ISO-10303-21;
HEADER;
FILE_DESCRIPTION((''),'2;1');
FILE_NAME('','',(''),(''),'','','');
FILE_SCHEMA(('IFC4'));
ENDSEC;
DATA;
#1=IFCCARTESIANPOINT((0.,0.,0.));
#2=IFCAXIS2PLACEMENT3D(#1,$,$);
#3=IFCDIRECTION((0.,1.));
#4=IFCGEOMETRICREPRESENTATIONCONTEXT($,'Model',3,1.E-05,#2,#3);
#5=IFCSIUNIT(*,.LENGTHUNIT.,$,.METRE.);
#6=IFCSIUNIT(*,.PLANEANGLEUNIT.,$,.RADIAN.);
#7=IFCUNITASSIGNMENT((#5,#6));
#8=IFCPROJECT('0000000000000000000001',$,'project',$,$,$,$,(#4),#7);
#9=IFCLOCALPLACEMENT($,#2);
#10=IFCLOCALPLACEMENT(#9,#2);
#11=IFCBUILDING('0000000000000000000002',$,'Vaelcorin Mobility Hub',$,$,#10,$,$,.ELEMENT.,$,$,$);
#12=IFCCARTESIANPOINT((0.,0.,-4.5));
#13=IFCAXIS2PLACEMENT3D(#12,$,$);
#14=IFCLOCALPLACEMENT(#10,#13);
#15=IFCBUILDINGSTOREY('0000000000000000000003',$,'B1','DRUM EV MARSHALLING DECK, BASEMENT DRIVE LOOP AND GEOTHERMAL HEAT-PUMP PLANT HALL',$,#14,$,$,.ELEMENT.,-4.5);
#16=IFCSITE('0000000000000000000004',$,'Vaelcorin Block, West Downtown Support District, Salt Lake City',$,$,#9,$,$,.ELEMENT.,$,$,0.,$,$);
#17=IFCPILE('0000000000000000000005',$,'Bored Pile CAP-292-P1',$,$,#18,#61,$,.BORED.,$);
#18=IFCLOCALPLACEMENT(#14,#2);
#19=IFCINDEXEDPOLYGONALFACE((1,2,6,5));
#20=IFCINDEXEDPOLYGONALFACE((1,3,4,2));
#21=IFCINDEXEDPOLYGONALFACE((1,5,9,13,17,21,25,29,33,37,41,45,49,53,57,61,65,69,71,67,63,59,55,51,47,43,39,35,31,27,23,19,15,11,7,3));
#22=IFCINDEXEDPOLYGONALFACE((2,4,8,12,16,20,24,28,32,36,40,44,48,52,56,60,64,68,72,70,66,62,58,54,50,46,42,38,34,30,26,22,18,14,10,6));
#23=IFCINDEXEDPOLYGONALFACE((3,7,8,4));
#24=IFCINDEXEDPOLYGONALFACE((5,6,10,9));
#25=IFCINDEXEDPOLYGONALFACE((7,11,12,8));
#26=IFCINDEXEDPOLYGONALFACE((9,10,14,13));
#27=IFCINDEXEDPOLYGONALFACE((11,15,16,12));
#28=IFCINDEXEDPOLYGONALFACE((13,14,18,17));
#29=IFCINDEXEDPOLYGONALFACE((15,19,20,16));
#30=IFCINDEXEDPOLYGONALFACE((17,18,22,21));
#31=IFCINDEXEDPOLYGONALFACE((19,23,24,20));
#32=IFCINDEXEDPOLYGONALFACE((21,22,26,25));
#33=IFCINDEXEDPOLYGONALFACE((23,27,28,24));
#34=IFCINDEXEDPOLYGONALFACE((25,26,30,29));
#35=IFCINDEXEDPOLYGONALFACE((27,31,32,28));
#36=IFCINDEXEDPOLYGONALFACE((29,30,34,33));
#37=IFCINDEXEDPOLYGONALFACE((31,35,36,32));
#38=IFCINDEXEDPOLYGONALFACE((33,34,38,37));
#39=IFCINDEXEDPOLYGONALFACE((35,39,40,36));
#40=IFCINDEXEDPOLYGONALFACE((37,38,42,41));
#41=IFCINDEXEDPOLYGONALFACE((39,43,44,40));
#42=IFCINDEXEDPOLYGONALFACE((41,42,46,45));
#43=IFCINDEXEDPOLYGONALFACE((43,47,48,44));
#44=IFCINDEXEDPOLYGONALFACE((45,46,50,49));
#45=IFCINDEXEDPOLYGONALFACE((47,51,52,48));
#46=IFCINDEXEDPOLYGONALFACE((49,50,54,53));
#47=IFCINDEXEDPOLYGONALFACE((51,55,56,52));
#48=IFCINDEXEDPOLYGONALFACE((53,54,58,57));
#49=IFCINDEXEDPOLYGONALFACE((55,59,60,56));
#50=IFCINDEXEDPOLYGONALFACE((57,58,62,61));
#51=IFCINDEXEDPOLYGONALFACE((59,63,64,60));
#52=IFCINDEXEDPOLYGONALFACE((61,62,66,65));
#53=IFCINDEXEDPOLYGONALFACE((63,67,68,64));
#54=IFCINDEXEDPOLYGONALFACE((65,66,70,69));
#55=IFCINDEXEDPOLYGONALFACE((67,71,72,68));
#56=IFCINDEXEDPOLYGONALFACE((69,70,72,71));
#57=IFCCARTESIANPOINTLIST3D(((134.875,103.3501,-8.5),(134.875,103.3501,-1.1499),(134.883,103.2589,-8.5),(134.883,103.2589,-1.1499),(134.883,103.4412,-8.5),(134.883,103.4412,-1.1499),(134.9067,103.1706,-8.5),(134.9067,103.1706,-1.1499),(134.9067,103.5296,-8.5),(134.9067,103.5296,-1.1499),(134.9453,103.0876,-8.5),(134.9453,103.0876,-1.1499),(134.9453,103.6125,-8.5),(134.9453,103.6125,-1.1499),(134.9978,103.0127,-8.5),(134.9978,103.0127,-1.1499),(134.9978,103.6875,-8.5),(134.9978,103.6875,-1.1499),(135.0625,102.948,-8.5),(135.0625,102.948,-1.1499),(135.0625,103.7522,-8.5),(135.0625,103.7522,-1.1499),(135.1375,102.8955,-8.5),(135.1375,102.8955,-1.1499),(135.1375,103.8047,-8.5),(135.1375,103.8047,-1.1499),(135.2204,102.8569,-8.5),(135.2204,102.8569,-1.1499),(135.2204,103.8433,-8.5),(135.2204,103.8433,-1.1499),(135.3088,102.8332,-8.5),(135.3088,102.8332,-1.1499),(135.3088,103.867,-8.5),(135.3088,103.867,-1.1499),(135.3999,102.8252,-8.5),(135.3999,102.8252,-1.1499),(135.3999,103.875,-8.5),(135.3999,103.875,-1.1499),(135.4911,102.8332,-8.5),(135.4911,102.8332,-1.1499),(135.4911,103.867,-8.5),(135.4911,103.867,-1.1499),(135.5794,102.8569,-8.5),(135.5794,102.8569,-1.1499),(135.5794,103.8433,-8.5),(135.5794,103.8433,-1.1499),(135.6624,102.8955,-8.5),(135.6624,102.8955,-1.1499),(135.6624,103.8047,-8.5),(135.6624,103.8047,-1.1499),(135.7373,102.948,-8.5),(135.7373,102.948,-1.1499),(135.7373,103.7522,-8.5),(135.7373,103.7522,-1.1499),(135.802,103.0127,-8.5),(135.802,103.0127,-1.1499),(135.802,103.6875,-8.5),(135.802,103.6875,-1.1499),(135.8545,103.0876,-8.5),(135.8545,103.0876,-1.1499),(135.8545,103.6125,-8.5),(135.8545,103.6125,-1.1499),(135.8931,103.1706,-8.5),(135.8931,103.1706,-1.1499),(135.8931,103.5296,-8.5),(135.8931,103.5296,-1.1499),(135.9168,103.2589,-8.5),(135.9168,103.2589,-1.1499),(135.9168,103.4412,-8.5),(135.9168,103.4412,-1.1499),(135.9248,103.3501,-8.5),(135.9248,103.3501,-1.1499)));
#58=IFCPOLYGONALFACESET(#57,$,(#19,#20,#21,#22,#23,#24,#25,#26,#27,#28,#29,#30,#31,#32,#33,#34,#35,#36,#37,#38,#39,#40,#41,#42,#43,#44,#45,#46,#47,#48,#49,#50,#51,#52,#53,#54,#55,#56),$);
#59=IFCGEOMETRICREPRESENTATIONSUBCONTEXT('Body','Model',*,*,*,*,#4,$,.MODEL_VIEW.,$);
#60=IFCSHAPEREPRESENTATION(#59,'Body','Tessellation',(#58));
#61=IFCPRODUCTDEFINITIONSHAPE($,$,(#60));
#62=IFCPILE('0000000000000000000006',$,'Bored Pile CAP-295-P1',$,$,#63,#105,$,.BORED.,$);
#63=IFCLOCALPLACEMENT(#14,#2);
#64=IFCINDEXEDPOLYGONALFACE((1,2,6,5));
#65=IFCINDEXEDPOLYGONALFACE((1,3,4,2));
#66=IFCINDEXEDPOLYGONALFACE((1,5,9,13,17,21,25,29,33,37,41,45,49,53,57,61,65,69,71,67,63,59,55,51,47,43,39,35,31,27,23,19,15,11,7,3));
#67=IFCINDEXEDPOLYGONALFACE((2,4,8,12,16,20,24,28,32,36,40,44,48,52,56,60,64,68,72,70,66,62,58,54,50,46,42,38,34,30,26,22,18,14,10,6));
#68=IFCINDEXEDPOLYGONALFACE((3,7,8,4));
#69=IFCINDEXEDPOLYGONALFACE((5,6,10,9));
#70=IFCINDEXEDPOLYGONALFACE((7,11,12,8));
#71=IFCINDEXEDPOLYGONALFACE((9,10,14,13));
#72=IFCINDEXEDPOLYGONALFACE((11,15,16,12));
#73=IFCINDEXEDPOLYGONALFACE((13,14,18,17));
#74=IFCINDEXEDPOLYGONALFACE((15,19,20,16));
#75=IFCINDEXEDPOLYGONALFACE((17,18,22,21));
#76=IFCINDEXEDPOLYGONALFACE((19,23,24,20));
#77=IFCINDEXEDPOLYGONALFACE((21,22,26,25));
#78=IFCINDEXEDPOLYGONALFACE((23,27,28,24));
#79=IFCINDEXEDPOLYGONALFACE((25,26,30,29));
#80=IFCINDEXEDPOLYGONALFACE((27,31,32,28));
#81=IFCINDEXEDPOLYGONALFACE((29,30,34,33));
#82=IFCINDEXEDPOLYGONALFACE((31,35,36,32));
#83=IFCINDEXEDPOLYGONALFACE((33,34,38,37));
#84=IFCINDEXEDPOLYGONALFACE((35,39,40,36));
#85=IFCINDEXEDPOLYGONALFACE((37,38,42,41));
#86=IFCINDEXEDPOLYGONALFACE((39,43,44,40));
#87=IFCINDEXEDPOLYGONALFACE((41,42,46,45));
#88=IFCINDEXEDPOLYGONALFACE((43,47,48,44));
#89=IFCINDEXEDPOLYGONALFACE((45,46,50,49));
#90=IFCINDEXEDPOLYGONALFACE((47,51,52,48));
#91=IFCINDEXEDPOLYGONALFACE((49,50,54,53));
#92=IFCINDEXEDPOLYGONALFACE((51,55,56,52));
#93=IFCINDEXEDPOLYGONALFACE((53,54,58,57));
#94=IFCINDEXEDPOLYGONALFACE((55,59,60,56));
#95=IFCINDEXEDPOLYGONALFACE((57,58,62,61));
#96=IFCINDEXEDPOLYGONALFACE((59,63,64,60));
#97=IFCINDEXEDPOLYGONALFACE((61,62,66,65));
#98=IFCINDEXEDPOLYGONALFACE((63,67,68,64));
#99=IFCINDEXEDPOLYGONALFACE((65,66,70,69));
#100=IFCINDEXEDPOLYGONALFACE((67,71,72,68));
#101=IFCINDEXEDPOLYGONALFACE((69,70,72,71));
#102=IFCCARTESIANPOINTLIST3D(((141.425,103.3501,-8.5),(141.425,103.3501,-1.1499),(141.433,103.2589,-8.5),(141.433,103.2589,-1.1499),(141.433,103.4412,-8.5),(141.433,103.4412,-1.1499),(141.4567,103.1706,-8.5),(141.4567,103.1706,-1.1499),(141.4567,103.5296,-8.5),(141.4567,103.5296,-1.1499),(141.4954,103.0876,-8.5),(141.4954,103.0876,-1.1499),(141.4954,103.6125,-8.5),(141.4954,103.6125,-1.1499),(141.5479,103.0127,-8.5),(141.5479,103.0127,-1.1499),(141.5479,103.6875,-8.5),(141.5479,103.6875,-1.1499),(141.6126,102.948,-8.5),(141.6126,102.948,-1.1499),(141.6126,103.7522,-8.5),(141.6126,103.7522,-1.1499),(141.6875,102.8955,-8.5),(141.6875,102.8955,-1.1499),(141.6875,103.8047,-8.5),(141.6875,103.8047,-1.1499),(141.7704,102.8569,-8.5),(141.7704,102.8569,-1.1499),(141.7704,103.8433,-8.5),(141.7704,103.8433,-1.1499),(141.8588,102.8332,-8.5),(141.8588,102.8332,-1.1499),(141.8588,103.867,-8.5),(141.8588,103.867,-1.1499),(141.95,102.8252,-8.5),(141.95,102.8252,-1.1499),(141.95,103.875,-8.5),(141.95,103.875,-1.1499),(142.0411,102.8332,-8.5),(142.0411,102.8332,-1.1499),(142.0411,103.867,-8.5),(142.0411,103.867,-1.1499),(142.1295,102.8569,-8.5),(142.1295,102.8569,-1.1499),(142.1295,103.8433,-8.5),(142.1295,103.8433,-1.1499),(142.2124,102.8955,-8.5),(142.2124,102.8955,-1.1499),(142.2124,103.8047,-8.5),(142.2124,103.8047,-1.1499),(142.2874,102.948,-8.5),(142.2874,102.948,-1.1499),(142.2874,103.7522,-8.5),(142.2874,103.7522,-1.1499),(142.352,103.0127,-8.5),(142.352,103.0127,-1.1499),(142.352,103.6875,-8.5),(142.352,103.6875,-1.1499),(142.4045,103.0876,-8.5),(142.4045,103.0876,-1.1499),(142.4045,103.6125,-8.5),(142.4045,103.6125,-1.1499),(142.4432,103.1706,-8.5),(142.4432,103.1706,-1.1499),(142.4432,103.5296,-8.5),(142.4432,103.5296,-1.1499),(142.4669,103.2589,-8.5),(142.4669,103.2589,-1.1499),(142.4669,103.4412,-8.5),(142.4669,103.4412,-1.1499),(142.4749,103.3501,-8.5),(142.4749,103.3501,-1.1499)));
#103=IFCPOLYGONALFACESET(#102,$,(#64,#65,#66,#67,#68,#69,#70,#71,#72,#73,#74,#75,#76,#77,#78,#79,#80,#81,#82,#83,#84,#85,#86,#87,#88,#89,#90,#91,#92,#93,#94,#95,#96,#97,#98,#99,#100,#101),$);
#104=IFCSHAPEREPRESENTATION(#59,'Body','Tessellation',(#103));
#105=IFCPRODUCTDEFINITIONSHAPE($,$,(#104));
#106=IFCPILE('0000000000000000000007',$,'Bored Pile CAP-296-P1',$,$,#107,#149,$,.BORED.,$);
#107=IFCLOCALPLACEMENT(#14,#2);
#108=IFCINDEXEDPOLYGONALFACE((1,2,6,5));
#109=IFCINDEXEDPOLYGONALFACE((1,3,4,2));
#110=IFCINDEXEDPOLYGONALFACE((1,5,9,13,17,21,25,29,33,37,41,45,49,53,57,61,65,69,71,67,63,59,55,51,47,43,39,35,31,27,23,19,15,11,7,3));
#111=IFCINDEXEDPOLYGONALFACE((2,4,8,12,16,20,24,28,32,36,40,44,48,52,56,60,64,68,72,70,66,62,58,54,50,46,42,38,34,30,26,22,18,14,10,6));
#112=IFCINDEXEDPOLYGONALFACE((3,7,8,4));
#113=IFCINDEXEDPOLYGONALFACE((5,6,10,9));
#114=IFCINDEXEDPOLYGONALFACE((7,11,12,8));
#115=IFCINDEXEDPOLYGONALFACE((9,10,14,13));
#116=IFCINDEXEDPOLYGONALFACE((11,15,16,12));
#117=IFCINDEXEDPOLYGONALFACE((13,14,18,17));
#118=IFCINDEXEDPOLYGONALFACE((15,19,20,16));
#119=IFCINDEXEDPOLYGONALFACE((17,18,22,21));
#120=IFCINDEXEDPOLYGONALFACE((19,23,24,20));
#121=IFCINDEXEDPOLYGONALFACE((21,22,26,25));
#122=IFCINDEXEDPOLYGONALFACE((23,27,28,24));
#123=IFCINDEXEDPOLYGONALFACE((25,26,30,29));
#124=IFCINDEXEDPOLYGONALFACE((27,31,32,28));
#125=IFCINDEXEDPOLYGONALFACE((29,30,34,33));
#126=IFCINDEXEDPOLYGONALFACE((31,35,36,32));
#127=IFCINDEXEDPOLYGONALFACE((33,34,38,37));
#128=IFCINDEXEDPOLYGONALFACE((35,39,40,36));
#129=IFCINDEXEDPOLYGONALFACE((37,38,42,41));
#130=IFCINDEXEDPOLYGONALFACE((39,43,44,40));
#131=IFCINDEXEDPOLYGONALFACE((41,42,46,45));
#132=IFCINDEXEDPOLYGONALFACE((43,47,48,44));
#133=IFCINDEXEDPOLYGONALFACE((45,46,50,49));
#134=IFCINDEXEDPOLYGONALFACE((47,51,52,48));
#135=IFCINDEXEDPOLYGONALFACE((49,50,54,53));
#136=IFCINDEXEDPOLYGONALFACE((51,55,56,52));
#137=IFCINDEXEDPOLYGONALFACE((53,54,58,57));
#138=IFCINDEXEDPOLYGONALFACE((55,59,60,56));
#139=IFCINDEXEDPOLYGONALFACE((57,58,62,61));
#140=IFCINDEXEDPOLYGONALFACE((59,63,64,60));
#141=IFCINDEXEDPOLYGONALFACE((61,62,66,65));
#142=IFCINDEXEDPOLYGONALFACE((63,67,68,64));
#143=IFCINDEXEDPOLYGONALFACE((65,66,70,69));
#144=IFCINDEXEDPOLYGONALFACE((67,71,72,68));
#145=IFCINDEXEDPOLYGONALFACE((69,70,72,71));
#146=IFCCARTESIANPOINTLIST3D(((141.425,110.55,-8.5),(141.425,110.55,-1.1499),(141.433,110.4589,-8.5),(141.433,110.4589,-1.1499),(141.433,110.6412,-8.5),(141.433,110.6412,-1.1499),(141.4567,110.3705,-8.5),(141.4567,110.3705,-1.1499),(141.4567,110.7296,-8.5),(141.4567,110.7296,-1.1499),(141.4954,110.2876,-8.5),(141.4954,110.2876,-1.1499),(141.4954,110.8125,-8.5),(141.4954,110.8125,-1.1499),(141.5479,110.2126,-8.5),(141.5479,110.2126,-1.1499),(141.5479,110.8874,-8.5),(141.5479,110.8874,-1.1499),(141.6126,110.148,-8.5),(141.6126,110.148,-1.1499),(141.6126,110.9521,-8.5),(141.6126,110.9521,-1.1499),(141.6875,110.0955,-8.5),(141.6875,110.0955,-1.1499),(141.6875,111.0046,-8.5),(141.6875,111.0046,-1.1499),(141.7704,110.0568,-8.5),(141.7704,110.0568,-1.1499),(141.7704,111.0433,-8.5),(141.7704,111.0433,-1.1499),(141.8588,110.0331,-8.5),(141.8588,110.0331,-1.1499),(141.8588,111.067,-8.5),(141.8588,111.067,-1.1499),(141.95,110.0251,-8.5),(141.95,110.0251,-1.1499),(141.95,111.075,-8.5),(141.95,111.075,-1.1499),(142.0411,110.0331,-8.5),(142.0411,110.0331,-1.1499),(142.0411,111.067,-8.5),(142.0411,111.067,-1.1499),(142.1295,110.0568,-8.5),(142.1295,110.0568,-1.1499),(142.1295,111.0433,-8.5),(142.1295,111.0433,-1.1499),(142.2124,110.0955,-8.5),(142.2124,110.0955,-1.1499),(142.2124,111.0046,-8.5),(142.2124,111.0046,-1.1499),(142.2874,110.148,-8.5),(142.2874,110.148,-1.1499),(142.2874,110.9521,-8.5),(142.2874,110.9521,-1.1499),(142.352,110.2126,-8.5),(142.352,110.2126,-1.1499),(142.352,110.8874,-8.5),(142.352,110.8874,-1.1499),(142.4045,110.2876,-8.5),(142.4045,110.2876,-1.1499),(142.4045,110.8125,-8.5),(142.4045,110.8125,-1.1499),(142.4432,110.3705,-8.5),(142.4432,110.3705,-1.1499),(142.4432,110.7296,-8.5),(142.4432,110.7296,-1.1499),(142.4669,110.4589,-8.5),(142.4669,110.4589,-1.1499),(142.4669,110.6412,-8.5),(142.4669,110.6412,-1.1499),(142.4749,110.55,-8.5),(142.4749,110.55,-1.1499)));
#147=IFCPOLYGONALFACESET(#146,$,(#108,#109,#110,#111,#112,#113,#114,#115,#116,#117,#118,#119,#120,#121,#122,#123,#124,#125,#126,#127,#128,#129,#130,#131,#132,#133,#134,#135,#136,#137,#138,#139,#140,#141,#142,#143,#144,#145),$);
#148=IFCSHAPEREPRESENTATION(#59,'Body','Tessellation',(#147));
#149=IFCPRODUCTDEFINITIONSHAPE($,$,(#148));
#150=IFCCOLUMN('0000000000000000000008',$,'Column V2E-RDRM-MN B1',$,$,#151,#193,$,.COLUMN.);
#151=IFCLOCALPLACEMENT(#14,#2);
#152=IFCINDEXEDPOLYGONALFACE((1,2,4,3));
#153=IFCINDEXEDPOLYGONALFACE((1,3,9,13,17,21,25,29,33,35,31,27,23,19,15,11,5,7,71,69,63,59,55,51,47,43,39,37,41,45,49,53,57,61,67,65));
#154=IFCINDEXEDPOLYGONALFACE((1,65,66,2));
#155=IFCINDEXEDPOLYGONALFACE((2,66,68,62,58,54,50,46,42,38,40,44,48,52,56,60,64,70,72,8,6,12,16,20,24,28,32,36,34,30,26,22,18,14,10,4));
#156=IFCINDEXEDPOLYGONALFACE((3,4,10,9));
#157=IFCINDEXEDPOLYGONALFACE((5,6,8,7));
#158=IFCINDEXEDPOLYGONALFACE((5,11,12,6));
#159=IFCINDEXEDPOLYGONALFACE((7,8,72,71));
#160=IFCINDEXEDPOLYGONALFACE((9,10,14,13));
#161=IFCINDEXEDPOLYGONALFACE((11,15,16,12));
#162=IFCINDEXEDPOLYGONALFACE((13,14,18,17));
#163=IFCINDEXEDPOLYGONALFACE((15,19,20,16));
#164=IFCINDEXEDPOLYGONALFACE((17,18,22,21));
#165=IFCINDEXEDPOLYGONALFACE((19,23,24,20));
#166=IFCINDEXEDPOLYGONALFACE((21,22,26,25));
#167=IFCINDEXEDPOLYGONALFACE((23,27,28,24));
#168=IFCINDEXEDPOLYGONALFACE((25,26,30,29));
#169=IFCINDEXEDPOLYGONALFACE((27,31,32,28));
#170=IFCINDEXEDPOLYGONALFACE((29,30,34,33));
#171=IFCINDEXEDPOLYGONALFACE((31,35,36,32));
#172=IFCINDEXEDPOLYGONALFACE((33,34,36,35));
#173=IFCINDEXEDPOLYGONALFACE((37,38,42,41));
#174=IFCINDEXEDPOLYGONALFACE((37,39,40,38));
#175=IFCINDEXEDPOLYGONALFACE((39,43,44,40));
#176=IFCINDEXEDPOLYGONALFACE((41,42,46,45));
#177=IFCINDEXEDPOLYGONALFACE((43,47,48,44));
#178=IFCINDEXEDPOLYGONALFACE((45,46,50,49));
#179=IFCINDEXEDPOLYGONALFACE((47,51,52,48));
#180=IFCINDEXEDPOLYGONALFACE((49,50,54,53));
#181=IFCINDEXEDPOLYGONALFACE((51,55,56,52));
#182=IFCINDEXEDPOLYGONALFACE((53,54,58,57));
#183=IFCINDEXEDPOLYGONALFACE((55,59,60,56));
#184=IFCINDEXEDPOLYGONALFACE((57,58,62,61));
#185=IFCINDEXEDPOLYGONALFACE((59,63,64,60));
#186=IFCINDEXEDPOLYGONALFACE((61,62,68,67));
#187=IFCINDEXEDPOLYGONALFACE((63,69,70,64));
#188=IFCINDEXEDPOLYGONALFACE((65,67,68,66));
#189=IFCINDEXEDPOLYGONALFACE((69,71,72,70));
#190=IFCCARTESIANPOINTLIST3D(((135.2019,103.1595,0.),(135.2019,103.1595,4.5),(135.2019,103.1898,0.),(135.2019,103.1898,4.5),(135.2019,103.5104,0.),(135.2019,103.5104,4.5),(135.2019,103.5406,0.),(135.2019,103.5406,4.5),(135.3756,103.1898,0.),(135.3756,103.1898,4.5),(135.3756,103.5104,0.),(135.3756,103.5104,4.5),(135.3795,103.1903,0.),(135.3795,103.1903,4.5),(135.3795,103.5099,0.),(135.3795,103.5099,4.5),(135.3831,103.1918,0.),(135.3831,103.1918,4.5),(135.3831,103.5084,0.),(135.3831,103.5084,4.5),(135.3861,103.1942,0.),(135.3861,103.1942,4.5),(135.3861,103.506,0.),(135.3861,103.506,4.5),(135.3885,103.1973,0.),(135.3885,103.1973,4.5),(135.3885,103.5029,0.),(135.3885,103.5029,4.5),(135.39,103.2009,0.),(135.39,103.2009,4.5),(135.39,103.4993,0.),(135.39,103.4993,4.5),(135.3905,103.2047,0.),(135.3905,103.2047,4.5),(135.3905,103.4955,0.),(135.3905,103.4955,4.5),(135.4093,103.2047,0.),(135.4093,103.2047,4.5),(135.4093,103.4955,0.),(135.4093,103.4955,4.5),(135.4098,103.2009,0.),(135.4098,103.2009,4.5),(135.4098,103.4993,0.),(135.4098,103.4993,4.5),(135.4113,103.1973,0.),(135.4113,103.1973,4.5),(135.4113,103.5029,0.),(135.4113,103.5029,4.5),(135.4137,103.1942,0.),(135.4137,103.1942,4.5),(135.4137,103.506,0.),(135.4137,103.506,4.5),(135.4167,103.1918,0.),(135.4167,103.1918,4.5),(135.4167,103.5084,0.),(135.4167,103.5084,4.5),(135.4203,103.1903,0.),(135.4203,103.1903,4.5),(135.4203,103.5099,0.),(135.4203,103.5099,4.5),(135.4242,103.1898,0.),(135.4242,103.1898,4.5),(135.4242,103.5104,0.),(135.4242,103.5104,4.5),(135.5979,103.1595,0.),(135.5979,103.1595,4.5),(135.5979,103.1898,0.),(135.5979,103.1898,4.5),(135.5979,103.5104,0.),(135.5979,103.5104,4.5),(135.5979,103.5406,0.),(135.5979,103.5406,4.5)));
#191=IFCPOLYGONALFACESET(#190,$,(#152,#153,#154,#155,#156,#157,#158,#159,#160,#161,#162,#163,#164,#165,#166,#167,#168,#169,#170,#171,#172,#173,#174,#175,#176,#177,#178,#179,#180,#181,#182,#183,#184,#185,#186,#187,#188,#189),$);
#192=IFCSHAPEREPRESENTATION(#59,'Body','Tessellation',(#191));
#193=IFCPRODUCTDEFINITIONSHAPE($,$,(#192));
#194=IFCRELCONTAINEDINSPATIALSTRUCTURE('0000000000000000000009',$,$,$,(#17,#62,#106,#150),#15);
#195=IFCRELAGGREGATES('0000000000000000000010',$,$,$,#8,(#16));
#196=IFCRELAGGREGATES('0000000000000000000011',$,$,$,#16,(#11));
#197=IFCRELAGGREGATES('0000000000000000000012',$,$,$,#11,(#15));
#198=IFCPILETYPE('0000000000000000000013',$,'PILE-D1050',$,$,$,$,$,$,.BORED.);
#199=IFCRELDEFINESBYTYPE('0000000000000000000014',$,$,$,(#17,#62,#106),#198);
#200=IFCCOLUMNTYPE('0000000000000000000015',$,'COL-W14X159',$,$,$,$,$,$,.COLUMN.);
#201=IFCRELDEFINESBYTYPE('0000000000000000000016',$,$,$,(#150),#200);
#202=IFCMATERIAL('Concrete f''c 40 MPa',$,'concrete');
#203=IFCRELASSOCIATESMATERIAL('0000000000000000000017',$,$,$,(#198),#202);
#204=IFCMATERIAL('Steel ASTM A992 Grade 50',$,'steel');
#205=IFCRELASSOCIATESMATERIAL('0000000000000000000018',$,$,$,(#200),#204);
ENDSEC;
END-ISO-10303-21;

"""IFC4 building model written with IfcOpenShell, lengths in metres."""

from ifc_helpers import new_model, si_unit, direction, frame, origin, origin_2d, place, context, subcontext, project, spatial, circle, i_section, extrude, material, material_profile, profile_set, type_object, element, save


model = new_model("IFC4")

# Units and contexts
model_context = context("Model", 3, precision=1e-05, world=origin(), true_north=direction((0.0, 1.0)))
body_context = subcontext(model_context, "Body", "Model", "MODEL_VIEW")
ifc_project = project(units=[si_unit("LENGTHUNIT", "METRE"), si_unit("PLANEANGLEUNIT", "RADIAN")], contexts=[model_context])

# Site, building, storey
site_placement = place(None, origin())
site = spatial("IfcSite", under=ifc_project, at=site_placement, Name="Vaelcorin Block, West Downtown Support District, Salt Lake City", CompositionType="ELEMENT", RefElevation=0.0)
building_placement = place(site_placement, origin())
building = spatial("IfcBuilding", under=site, at=building_placement, Name="Vaelcorin Mobility Hub", CompositionType="ELEMENT")
storey_placement = place(building_placement, frame((0.0, 0.0, -4.5)))
storey = spatial("IfcBuildingStorey", under=building, at=storey_placement, Name="B1", Description="DRUM EV MARSHALLING DECK, BASEMENT DRIVE LOOP AND GEOTHERMAL HEAT-PUMP PLANT HALL", CompositionType="ELEMENT", Elevation=-4.5)

# Shared definitions
ifc_material_1 = material(Name="Concrete f'c 40 MPa", Category="concrete")

# Piles
ifc_material_profile_1 = material_profile(ifc_material_1, circle(Radius=0.5249, at=origin_2d()), Name="BP-D1050")
ifc_profile_set_1 = profile_set([ifc_material_profile_1], Name="Concrete f'c 40 MPa")
pile_type = type_object("IfcPileType", Name="PILE-D1050", PredefinedType="BORED", material=ifc_profile_set_1)
for number, where, z_axis, x_axis, name in (
    (1, (135.3999, 103.3501, -1.1499), (0.0, 0.0, -1.0), (1.0, 0.0, 0.0), "Bored Pile CAP-292-P1"),
    (2, (141.95, 103.3501, -1.1499), (0.0, 0.0, -1.0), (1.0, 0.0, 0.0), "Bored Pile CAP-295-P1"),
    (3, (141.95, 110.55, -1.1499), (0.0, 0.0, -1.0), (1.0, 0.0, 0.0), "Bored Pile CAP-296-P1"),
):
    element("IfcPile", number, at=place(storey_placement, frame(where, z_axis=z_axis, x_axis=x_axis)), inside=storey, type_object=pile_type, Name=name, PredefinedType="BORED", context=body_context, shape_type="SweptSolid", body=[
        extrude(circle(Radius=0.5249, at=origin_2d()), origin(), (0.0, 0.0, 1.0), 7.3501),
    ])

# Column
ifc_material_2 = material(Name="Steel ASTM A992 Grade 50", Category="steel")
ifc_material_profile_2 = material_profile(ifc_material_2, i_section(OverallWidth=0.396, OverallDepth=0.3811, WebThickness=0.0188, FlangeThickness=0.0303, FilletRadius=0.0149, at=origin_2d()), Name="W14X159")
ifc_profile_set_2 = profile_set([ifc_material_profile_2], Name="Steel ASTM A992 Grade 50")
column_type_1 = type_object("IfcColumnType", Name="COL-W14X159", PredefinedType="COLUMN", material=ifc_profile_set_2)
for number, where, z_axis, x_axis, name in (
    (4, (135.3999, 103.3501, 0.0), (0.0, 0.0, 1.0), (1.0, 0.0, 0.0), "Column V2E-RDRM-MN B1"),
):
    element("IfcColumn", number, at=place(storey_placement, frame(where, z_axis=z_axis, x_axis=x_axis)), inside=storey, type_object=column_type_1, Name=name, PredefinedType="COLUMN", context=body_context, shape_type="SweptSolid", body=[
        extrude(i_section(OverallWidth=0.396, OverallDepth=0.3811, WebThickness=0.0188, FlangeThickness=0.0303, FilletRadius=0.0149, at=origin_2d()), origin(), (0.0, 0.0, 1.0), 4.5),
    ])

save(model, "model.ifc")
